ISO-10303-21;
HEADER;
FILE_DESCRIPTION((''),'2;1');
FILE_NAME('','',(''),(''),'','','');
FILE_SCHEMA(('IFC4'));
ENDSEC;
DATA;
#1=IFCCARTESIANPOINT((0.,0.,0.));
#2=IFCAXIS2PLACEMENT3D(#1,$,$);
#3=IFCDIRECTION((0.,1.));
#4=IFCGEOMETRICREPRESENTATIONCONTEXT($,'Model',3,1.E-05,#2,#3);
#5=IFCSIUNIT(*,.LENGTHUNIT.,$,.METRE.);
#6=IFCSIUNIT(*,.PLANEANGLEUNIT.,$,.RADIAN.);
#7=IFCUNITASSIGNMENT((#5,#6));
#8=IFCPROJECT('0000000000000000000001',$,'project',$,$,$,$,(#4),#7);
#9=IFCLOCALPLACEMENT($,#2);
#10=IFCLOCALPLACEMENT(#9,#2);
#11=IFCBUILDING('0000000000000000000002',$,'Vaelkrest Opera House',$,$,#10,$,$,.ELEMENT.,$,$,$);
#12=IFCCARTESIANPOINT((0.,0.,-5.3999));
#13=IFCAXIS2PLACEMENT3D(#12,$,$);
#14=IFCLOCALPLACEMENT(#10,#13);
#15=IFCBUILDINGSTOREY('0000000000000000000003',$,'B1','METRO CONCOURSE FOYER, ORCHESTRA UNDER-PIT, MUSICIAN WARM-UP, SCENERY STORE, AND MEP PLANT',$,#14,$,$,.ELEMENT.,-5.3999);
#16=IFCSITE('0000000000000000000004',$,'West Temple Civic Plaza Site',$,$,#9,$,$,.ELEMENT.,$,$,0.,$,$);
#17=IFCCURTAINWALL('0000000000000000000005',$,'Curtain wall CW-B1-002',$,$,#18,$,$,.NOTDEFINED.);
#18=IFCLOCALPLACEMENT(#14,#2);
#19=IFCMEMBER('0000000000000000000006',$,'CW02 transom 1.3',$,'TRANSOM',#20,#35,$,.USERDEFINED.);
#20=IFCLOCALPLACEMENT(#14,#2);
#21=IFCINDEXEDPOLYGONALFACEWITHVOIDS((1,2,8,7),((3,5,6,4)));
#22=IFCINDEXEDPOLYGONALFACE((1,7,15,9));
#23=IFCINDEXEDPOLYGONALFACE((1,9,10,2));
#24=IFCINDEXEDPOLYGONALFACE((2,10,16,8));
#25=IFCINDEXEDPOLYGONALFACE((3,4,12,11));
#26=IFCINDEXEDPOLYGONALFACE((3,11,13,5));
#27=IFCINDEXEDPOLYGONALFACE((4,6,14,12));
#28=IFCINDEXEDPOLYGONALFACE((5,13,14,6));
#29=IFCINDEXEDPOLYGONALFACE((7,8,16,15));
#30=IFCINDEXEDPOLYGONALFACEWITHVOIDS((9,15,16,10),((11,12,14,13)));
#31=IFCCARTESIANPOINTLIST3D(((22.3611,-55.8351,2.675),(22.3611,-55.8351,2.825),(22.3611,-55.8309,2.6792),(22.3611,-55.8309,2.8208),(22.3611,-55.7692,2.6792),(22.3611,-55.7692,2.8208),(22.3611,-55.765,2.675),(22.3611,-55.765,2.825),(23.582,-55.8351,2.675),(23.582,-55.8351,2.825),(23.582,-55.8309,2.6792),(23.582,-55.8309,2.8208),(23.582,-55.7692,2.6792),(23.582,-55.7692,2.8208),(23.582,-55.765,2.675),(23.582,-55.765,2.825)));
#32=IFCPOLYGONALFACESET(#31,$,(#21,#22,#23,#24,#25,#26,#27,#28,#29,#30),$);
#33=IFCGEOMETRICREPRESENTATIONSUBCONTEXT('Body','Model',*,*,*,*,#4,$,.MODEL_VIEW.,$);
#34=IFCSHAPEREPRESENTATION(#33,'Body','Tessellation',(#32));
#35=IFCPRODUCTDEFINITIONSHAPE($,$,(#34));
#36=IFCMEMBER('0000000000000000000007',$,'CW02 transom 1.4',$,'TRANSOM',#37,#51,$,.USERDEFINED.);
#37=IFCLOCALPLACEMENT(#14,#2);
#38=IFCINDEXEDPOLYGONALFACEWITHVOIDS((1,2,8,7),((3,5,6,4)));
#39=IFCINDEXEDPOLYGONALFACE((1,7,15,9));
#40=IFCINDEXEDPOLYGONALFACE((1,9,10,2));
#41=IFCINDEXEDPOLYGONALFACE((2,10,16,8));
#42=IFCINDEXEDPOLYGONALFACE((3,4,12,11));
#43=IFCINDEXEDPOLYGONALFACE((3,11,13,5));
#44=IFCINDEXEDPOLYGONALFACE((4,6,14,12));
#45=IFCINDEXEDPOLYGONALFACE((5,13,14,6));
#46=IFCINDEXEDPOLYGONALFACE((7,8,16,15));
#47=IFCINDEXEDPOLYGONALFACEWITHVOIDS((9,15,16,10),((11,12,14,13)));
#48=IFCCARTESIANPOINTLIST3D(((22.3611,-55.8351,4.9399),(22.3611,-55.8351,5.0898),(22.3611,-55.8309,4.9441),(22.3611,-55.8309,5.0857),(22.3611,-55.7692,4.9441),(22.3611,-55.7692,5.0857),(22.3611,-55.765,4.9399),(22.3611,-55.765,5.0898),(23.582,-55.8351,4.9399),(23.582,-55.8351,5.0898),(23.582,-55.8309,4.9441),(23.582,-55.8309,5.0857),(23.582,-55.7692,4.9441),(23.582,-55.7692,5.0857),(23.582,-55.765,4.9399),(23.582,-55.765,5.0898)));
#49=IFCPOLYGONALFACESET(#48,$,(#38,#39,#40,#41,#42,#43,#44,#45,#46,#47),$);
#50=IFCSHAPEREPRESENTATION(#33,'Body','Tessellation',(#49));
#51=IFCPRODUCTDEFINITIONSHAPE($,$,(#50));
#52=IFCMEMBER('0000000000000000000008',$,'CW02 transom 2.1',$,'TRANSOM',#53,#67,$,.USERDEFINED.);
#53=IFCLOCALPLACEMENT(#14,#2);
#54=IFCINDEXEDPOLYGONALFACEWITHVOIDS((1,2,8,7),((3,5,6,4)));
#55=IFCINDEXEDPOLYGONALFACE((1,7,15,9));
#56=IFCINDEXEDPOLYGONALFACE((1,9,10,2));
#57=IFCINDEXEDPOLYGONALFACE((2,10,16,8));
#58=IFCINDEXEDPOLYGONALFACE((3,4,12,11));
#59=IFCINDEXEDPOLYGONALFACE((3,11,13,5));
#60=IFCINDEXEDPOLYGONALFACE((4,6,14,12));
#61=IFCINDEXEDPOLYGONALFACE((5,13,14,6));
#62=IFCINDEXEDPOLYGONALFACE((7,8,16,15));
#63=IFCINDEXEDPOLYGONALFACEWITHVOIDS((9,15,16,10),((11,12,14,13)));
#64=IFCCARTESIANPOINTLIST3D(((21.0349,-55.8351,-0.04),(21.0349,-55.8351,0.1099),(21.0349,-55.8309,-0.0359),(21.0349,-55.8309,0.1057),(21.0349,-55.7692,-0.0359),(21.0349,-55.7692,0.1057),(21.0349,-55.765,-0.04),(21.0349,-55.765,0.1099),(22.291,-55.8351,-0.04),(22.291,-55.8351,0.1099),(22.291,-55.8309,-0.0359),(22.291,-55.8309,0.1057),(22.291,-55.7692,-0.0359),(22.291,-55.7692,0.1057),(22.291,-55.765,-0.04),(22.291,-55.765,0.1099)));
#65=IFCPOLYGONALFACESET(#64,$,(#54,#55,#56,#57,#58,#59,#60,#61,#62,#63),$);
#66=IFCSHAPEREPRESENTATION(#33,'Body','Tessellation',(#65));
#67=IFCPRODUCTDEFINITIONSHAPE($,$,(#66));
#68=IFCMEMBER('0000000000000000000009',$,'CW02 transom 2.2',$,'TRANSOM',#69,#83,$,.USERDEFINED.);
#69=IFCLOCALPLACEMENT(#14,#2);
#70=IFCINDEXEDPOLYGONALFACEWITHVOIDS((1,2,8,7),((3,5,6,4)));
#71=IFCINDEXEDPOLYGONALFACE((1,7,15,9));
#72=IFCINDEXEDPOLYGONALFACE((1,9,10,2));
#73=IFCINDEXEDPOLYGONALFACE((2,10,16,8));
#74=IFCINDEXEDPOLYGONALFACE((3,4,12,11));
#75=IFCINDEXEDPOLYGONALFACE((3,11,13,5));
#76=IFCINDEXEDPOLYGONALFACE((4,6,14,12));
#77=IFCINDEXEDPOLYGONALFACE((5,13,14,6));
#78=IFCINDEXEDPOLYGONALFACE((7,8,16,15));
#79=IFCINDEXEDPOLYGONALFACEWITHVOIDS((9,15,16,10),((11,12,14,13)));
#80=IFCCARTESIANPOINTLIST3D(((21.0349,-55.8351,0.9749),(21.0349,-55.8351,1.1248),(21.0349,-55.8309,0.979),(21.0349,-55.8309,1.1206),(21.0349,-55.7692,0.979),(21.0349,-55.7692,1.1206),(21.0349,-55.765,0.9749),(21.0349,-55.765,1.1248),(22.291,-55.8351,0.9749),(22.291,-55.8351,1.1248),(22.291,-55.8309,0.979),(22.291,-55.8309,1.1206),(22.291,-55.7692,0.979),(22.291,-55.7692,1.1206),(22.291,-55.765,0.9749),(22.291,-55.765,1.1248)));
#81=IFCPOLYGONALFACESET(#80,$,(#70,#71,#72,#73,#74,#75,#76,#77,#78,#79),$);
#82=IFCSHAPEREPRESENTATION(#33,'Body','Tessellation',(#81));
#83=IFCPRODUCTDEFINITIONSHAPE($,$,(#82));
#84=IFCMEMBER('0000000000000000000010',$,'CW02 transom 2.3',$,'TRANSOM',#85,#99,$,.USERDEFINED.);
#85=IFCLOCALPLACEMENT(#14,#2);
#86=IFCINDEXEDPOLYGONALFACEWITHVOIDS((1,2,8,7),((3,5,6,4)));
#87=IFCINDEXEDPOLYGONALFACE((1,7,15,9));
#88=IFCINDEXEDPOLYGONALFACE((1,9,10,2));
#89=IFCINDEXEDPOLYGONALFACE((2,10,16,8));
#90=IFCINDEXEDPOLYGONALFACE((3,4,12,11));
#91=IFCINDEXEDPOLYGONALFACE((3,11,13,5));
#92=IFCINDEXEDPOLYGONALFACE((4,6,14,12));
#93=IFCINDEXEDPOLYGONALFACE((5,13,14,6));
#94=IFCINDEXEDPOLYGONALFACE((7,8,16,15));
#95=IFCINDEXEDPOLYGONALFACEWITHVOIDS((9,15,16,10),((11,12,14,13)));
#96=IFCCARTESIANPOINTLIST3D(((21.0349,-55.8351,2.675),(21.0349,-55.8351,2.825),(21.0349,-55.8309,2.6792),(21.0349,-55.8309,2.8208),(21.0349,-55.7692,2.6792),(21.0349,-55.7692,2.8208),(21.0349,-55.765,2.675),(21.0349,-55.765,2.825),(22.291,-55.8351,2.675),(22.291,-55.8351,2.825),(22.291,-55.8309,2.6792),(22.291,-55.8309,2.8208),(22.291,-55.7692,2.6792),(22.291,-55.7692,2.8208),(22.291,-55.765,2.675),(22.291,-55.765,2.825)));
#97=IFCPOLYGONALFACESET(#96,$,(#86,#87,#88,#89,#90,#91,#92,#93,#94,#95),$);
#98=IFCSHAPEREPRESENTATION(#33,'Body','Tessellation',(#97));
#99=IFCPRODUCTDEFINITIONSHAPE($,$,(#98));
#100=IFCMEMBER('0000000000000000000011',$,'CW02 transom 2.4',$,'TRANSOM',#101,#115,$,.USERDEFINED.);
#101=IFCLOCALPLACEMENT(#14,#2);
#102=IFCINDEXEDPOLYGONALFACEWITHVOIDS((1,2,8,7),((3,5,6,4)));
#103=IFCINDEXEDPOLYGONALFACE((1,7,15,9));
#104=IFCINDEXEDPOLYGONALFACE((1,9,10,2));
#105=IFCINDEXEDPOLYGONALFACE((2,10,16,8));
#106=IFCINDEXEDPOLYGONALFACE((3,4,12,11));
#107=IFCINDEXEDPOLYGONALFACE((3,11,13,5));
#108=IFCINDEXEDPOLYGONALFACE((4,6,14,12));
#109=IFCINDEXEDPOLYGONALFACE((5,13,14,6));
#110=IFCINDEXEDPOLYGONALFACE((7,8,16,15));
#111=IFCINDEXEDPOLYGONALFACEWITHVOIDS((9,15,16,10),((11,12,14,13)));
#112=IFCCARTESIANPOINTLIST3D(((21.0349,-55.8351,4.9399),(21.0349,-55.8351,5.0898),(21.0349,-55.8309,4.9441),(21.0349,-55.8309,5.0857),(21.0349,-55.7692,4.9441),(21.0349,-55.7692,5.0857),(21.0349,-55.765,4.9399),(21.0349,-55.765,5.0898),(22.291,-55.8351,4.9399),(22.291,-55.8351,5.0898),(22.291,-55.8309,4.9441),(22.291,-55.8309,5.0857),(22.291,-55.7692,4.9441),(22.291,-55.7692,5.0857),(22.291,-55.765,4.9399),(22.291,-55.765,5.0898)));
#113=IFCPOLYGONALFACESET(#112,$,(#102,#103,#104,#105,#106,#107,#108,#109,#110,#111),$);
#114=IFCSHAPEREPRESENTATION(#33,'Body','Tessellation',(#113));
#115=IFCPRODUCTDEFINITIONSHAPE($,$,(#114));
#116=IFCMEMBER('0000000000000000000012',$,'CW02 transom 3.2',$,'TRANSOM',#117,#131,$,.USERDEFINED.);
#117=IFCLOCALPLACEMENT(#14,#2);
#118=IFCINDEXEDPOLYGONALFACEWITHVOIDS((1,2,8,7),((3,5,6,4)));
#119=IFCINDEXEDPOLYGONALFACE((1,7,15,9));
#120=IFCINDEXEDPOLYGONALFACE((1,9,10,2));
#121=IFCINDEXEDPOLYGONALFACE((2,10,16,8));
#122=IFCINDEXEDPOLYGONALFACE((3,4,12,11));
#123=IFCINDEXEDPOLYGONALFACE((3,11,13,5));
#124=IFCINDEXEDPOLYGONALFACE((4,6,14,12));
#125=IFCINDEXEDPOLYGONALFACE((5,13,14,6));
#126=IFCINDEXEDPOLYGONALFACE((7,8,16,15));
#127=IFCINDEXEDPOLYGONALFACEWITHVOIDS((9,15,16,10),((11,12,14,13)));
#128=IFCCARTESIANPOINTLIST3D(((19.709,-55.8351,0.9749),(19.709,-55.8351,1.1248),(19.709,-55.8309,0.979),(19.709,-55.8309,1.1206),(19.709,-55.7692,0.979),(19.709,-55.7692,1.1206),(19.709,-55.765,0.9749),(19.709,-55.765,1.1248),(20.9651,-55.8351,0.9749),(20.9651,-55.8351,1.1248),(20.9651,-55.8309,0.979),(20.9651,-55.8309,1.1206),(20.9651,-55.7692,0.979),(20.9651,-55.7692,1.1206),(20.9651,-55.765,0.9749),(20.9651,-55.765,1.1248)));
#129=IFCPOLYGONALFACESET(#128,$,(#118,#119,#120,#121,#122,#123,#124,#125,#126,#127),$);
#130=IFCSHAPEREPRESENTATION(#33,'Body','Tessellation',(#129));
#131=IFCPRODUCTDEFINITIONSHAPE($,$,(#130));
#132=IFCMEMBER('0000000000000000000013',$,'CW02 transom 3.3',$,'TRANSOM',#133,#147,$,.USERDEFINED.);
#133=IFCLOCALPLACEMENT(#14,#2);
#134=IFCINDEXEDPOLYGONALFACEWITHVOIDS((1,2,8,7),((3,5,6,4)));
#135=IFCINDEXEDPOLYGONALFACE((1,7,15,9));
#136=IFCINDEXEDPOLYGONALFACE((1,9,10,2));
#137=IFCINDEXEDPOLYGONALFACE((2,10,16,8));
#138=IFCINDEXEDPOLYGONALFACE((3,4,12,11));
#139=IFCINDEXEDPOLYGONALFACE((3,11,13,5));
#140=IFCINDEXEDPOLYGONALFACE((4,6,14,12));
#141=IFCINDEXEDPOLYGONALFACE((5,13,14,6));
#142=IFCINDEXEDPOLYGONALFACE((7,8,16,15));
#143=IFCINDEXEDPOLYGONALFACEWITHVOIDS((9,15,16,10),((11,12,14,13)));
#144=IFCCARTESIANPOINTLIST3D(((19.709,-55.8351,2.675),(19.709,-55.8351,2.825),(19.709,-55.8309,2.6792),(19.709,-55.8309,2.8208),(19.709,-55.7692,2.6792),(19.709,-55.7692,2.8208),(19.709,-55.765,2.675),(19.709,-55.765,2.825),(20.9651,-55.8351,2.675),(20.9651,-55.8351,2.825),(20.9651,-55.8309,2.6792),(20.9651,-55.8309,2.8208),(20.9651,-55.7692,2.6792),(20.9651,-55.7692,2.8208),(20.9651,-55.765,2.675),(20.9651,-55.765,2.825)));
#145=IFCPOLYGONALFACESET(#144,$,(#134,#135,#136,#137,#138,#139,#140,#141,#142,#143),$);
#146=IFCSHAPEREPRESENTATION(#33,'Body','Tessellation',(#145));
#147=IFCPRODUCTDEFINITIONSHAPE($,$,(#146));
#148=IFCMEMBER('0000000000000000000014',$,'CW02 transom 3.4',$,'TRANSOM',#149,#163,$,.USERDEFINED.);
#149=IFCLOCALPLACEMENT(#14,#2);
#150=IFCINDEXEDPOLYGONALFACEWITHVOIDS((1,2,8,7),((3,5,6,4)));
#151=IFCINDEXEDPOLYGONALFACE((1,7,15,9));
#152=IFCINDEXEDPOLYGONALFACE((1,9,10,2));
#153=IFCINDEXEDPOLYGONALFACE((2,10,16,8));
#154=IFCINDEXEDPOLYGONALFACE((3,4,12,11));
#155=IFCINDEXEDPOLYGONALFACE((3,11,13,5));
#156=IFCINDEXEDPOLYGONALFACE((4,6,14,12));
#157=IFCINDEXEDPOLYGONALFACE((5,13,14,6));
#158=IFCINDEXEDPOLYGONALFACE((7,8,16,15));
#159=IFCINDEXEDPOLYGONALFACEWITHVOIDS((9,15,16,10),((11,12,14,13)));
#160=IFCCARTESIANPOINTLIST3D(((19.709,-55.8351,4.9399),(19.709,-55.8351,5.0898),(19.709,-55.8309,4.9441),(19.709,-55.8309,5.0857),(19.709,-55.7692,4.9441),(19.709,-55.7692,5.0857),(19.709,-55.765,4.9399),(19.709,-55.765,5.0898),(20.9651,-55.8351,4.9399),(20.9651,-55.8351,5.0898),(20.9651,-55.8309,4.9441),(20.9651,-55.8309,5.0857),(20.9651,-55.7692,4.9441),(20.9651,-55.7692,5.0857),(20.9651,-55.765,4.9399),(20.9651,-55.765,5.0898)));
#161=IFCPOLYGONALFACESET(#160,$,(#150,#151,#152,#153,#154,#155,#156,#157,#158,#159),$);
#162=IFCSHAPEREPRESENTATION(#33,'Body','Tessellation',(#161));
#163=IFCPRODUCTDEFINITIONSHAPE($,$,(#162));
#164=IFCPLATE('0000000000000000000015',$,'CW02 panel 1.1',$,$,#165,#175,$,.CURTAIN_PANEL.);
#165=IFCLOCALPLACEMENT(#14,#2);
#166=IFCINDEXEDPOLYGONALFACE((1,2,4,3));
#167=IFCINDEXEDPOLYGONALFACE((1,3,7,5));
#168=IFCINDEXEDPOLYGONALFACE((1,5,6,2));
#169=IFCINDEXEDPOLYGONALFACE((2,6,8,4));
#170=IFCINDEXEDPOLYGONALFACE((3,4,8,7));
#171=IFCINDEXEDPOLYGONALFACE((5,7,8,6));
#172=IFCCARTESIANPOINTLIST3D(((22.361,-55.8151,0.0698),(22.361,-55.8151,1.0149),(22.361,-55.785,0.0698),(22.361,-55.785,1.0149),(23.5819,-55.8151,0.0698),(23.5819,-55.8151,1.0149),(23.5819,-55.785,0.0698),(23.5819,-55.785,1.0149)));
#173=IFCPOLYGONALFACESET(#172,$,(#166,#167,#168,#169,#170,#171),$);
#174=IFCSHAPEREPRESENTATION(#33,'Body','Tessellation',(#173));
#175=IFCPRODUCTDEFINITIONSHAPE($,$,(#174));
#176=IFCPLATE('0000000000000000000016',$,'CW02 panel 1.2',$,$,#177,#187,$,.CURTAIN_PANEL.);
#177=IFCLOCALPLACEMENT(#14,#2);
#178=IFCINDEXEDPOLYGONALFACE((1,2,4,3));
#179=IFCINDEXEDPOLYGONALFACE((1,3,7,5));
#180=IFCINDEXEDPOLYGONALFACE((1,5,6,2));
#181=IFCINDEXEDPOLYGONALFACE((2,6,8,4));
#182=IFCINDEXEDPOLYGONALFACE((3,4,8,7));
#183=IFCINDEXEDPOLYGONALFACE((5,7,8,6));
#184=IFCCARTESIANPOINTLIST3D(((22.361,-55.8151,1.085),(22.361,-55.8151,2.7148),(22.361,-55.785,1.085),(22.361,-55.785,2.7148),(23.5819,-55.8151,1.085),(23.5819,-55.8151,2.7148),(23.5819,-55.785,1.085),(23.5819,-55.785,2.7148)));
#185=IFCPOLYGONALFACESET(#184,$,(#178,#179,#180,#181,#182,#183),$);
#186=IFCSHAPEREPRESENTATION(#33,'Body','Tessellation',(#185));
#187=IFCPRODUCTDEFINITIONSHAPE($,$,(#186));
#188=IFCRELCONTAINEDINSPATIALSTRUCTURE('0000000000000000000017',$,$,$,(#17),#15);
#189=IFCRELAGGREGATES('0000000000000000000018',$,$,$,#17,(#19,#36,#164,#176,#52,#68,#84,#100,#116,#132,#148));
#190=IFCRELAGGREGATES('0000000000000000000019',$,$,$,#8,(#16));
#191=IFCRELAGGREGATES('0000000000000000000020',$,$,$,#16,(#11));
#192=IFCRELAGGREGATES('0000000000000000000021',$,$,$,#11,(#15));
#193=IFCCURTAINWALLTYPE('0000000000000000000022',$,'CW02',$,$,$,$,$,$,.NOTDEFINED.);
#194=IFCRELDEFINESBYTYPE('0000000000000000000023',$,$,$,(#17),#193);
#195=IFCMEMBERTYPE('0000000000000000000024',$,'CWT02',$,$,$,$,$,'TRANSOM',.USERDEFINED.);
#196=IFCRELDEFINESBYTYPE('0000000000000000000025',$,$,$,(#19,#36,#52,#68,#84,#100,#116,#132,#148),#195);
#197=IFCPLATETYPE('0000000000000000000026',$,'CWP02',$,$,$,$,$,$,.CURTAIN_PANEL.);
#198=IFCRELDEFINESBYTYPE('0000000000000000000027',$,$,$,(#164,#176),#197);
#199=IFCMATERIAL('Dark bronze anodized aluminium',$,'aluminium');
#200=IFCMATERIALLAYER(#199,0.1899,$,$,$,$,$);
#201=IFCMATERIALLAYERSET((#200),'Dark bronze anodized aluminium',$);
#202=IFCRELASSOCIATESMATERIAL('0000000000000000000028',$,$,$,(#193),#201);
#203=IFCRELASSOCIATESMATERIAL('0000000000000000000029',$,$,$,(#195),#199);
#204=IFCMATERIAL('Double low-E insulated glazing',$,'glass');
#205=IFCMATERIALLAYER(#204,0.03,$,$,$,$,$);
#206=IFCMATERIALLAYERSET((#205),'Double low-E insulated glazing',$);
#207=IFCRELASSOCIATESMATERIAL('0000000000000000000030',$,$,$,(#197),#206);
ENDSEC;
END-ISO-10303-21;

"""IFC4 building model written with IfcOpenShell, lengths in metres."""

from ifc_helpers import new_model, si_unit, direction, frame, origin, origin_2d, place, context, subcontext, project, spatial, rectangle, hollow_rectangle, extrude, material, layer, layer_set, material_profile, profile_set, type_object, element, aggregate, save


model = new_model("IFC4")

# Units and contexts
model_context = context("Model", 3, precision=1e-05, world=origin(), true_north=direction((0.0, 1.0)))
body_context = subcontext(model_context, "Body", "Model", "MODEL_VIEW")
ifc_project = project(units=[si_unit("LENGTHUNIT", "METRE"), si_unit("PLANEANGLEUNIT", "RADIAN")], contexts=[model_context])

# Site, building, storey
site_placement = place(None, origin())
site = spatial("IfcSite", under=ifc_project, at=site_placement, Name="West Temple Civic Plaza Site", CompositionType="ELEMENT", RefElevation=0.0)
building_placement = place(site_placement, origin())
building = spatial("IfcBuilding", under=site, at=building_placement, Name="Vaelkrest Opera House", CompositionType="ELEMENT")
storey_placement = place(building_placement, frame((0.0, 0.0, -5.3999)))
storey = spatial("IfcBuildingStorey", under=building, at=storey_placement, Name="B1", Description="METRO CONCOURSE FOYER, ORCHESTRA UNDER-PIT, MUSICIAN WARM-UP, SCENERY STORE, AND MEP PLANT", CompositionType="ELEMENT", Elevation=-5.3999)

# Curtain wall, members, plates
ifc_material_1 = material(Name="Dark bronze anodized aluminium", Category="aluminium")
ifc_layer_1 = layer(ifc_material_1, 0.1899)
ifc_layer_set_1 = layer_set([ifc_layer_1], Name="Dark bronze anodized aluminium")
curtain_wall_type = type_object("IfcCurtainWallType", Name="CW02", PredefinedType="NOTDEFINED", material=ifc_layer_set_1)
curtain_wall_placement = place(storey_placement, origin())
curtain_wall = element("IfcCurtainWall", 1, at=curtain_wall_placement, inside=storey, type_object=curtain_wall_type, Name="Curtain wall CW-B1-002", PredefinedType="NOTDEFINED")
ifc_material_profile_1 = material_profile(ifc_material_1, hollow_rectangle(XDim=0.0701, YDim=0.1499, WallThickness=0.0042, at=origin_2d()), Name="CWT70X150")
ifc_profile_set_1 = profile_set([ifc_material_profile_1], Name="Dark bronze anodized aluminium")
member_type_1 = type_object("IfcMemberType", Name="CWT02", ElementType="TRANSOM", PredefinedType="USERDEFINED", material=ifc_profile_set_1)
member_1_placement = place(storey_placement, frame((23.582, -55.8, 2.75), z_axis=(-1.0, 0.0, 0.0), x_axis=(0.0, -1.0, 0.0)))
member_1 = element("IfcMember", 2, at=member_1_placement, type_object=member_type_1, Name="CW02 transom 1.3", ObjectType="TRANSOM", PredefinedType="USERDEFINED", context=body_context, shape_type="SweptSolid", body=[
    extrude(hollow_rectangle(XDim=0.0701, YDim=0.1499, WallThickness=0.0042, at=origin_2d()), origin(), (0.0, 0.0, 1.0), 1.2209),
])
member_2_placement = place(storey_placement, frame((23.582, -55.8, 5.0149), z_axis=(-1.0, 0.0, 0.0), x_axis=(0.0, -1.0, 0.0)))
member_2 = element("IfcMember", 3, at=member_2_placement, type_object=member_type_1, Name="CW02 transom 1.4", ObjectType="TRANSOM", PredefinedType="USERDEFINED", context=body_context, shape_type="SweptSolid", body=[
    extrude(hollow_rectangle(XDim=0.0701, YDim=0.1499, WallThickness=0.0042, at=origin_2d()), origin(), (0.0, 0.0, 1.0), 1.2209),
])
member_3_placement = place(storey_placement, frame((22.291, -55.8, 0.0349), z_axis=(-1.0, 0.0, 0.0), x_axis=(0.0, -1.0, 0.0)))
member_3 = element("IfcMember", 4, at=member_3_placement, type_object=member_type_1, Name="CW02 transom 2.1", ObjectType="TRANSOM", PredefinedType="USERDEFINED", context=body_context, shape_type="SweptSolid", body=[
    extrude(hollow_rectangle(XDim=0.0701, YDim=0.1499, WallThickness=0.0042, at=origin_2d()), origin(), (0.0, 0.0, 1.0), 1.2561),
])
member_4_placement = place(storey_placement, frame((22.291, -55.8, 1.0498), z_axis=(-1.0, 0.0, 0.0), x_axis=(0.0, -1.0, 0.0)))
member_4 = element("IfcMember", 5, at=member_4_placement, type_object=member_type_1, Name="CW02 transom 2.2", ObjectType="TRANSOM", PredefinedType="USERDEFINED", context=body_context, shape_type="SweptSolid", body=[
    extrude(hollow_rectangle(XDim=0.0701, YDim=0.1499, WallThickness=0.0042, at=origin_2d()), origin(), (0.0, 0.0, 1.0), 1.2561),
])
member_5_placement = place(storey_placement, frame((22.291, -55.8, 2.75), z_axis=(-1.0, 0.0, 0.0), x_axis=(0.0, -1.0, 0.0)))
member_5 = element("IfcMember", 6, at=member_5_placement, type_object=member_type_1, Name="CW02 transom 2.3", ObjectType="TRANSOM", PredefinedType="USERDEFINED", context=body_context, shape_type="SweptSolid", body=[
    extrude(hollow_rectangle(XDim=0.0701, YDim=0.1499, WallThickness=0.0042, at=origin_2d()), origin(), (0.0, 0.0, 1.0), 1.2561),
])
member_6_placement = place(storey_placement, frame((22.291, -55.8, 5.0149), z_axis=(-1.0, 0.0, 0.0), x_axis=(0.0, -1.0, 0.0)))
member_6 = element("IfcMember", 7, at=member_6_placement, type_object=member_type_1, Name="CW02 transom 2.4", ObjectType="TRANSOM", PredefinedType="USERDEFINED", context=body_context, shape_type="SweptSolid", body=[
    extrude(hollow_rectangle(XDim=0.0701, YDim=0.1499, WallThickness=0.0042, at=origin_2d()), origin(), (0.0, 0.0, 1.0), 1.2561),
])
member_7_placement = place(storey_placement, frame((20.9651, -55.8, 1.0498), z_axis=(-1.0, 0.0, 0.0), x_axis=(0.0, -1.0, 0.0)))
member_7 = element("IfcMember", 8, at=member_7_placement, type_object=member_type_1, Name="CW02 transom 3.2", ObjectType="TRANSOM", PredefinedType="USERDEFINED", context=body_context, shape_type="SweptSolid", body=[
    extrude(hollow_rectangle(XDim=0.0701, YDim=0.1499, WallThickness=0.0042, at=origin_2d()), origin(), (0.0, 0.0, 1.0), 1.2561),
])
member_8_placement = place(storey_placement, frame((20.9651, -55.8, 2.75), z_axis=(-1.0, 0.0, 0.0), x_axis=(0.0, -1.0, 0.0)))
member_8 = element("IfcMember", 9, at=member_8_placement, type_object=member_type_1, Name="CW02 transom 3.3", ObjectType="TRANSOM", PredefinedType="USERDEFINED", context=body_context, shape_type="SweptSolid", body=[
    extrude(hollow_rectangle(XDim=0.0701, YDim=0.1499, WallThickness=0.0042, at=origin_2d()), origin(), (0.0, 0.0, 1.0), 1.2561),
])
member_9_placement = place(storey_placement, frame((20.9651, -55.8, 5.0149), z_axis=(-1.0, 0.0, 0.0), x_axis=(0.0, -1.0, 0.0)))
member_9 = element("IfcMember", 10, at=member_9_placement, type_object=member_type_1, Name="CW02 transom 3.4", ObjectType="TRANSOM", PredefinedType="USERDEFINED", context=body_context, shape_type="SweptSolid", body=[
    extrude(hollow_rectangle(XDim=0.0701, YDim=0.1499, WallThickness=0.0042, at=origin_2d()), origin(), (0.0, 0.0, 1.0), 1.2561),
])
ifc_material_2 = material(Name="Double low-E insulated glazing", Category="glass")
ifc_layer_2 = layer(ifc_material_2, 0.03)
ifc_layer_set_2 = layer_set([ifc_layer_2], Name="Double low-E insulated glazing")
plate_type = type_object("IfcPlateType", Name="CWP02", PredefinedType="CURTAIN_PANEL", material=ifc_layer_set_2)
plate_1_placement = place(storey_placement, frame((22.9714, -55.8, 0.0698), z_axis=(0.0, 0.0, 1.0), x_axis=(-1.0, 0.0, 0.0)))
plate_1 = element("IfcPlate", 11, at=plate_1_placement, type_object=plate_type, Name="CW02 panel 1.1", PredefinedType="CURTAIN_PANEL", context=body_context, shape_type="SweptSolid", body=[
    extrude(rectangle(XDim=1.2209, YDim=0.03, at=origin_2d()), origin(), (0.0, 0.0, 1.0), 0.9451),
])
plate_2_placement = place(storey_placement, frame((22.9714, -55.8, 1.085), z_axis=(0.0, 0.0, 1.0), x_axis=(-1.0, 0.0, 0.0)))
plate_2 = element("IfcPlate", 12, at=plate_2_placement, type_object=plate_type, Name="CW02 panel 1.2", PredefinedType="CURTAIN_PANEL", context=body_context, shape_type="SweptSolid", body=[
    extrude(rectangle(XDim=1.2209, YDim=0.03, at=origin_2d()), origin(), (0.0, 0.0, 1.0), 1.6299),
])
aggregate(curtain_wall, [member_1, member_2, plate_1, plate_2, member_3, member_4, member_5, member_6, member_7, member_8, member_9])

save(model, "model.ifc")
